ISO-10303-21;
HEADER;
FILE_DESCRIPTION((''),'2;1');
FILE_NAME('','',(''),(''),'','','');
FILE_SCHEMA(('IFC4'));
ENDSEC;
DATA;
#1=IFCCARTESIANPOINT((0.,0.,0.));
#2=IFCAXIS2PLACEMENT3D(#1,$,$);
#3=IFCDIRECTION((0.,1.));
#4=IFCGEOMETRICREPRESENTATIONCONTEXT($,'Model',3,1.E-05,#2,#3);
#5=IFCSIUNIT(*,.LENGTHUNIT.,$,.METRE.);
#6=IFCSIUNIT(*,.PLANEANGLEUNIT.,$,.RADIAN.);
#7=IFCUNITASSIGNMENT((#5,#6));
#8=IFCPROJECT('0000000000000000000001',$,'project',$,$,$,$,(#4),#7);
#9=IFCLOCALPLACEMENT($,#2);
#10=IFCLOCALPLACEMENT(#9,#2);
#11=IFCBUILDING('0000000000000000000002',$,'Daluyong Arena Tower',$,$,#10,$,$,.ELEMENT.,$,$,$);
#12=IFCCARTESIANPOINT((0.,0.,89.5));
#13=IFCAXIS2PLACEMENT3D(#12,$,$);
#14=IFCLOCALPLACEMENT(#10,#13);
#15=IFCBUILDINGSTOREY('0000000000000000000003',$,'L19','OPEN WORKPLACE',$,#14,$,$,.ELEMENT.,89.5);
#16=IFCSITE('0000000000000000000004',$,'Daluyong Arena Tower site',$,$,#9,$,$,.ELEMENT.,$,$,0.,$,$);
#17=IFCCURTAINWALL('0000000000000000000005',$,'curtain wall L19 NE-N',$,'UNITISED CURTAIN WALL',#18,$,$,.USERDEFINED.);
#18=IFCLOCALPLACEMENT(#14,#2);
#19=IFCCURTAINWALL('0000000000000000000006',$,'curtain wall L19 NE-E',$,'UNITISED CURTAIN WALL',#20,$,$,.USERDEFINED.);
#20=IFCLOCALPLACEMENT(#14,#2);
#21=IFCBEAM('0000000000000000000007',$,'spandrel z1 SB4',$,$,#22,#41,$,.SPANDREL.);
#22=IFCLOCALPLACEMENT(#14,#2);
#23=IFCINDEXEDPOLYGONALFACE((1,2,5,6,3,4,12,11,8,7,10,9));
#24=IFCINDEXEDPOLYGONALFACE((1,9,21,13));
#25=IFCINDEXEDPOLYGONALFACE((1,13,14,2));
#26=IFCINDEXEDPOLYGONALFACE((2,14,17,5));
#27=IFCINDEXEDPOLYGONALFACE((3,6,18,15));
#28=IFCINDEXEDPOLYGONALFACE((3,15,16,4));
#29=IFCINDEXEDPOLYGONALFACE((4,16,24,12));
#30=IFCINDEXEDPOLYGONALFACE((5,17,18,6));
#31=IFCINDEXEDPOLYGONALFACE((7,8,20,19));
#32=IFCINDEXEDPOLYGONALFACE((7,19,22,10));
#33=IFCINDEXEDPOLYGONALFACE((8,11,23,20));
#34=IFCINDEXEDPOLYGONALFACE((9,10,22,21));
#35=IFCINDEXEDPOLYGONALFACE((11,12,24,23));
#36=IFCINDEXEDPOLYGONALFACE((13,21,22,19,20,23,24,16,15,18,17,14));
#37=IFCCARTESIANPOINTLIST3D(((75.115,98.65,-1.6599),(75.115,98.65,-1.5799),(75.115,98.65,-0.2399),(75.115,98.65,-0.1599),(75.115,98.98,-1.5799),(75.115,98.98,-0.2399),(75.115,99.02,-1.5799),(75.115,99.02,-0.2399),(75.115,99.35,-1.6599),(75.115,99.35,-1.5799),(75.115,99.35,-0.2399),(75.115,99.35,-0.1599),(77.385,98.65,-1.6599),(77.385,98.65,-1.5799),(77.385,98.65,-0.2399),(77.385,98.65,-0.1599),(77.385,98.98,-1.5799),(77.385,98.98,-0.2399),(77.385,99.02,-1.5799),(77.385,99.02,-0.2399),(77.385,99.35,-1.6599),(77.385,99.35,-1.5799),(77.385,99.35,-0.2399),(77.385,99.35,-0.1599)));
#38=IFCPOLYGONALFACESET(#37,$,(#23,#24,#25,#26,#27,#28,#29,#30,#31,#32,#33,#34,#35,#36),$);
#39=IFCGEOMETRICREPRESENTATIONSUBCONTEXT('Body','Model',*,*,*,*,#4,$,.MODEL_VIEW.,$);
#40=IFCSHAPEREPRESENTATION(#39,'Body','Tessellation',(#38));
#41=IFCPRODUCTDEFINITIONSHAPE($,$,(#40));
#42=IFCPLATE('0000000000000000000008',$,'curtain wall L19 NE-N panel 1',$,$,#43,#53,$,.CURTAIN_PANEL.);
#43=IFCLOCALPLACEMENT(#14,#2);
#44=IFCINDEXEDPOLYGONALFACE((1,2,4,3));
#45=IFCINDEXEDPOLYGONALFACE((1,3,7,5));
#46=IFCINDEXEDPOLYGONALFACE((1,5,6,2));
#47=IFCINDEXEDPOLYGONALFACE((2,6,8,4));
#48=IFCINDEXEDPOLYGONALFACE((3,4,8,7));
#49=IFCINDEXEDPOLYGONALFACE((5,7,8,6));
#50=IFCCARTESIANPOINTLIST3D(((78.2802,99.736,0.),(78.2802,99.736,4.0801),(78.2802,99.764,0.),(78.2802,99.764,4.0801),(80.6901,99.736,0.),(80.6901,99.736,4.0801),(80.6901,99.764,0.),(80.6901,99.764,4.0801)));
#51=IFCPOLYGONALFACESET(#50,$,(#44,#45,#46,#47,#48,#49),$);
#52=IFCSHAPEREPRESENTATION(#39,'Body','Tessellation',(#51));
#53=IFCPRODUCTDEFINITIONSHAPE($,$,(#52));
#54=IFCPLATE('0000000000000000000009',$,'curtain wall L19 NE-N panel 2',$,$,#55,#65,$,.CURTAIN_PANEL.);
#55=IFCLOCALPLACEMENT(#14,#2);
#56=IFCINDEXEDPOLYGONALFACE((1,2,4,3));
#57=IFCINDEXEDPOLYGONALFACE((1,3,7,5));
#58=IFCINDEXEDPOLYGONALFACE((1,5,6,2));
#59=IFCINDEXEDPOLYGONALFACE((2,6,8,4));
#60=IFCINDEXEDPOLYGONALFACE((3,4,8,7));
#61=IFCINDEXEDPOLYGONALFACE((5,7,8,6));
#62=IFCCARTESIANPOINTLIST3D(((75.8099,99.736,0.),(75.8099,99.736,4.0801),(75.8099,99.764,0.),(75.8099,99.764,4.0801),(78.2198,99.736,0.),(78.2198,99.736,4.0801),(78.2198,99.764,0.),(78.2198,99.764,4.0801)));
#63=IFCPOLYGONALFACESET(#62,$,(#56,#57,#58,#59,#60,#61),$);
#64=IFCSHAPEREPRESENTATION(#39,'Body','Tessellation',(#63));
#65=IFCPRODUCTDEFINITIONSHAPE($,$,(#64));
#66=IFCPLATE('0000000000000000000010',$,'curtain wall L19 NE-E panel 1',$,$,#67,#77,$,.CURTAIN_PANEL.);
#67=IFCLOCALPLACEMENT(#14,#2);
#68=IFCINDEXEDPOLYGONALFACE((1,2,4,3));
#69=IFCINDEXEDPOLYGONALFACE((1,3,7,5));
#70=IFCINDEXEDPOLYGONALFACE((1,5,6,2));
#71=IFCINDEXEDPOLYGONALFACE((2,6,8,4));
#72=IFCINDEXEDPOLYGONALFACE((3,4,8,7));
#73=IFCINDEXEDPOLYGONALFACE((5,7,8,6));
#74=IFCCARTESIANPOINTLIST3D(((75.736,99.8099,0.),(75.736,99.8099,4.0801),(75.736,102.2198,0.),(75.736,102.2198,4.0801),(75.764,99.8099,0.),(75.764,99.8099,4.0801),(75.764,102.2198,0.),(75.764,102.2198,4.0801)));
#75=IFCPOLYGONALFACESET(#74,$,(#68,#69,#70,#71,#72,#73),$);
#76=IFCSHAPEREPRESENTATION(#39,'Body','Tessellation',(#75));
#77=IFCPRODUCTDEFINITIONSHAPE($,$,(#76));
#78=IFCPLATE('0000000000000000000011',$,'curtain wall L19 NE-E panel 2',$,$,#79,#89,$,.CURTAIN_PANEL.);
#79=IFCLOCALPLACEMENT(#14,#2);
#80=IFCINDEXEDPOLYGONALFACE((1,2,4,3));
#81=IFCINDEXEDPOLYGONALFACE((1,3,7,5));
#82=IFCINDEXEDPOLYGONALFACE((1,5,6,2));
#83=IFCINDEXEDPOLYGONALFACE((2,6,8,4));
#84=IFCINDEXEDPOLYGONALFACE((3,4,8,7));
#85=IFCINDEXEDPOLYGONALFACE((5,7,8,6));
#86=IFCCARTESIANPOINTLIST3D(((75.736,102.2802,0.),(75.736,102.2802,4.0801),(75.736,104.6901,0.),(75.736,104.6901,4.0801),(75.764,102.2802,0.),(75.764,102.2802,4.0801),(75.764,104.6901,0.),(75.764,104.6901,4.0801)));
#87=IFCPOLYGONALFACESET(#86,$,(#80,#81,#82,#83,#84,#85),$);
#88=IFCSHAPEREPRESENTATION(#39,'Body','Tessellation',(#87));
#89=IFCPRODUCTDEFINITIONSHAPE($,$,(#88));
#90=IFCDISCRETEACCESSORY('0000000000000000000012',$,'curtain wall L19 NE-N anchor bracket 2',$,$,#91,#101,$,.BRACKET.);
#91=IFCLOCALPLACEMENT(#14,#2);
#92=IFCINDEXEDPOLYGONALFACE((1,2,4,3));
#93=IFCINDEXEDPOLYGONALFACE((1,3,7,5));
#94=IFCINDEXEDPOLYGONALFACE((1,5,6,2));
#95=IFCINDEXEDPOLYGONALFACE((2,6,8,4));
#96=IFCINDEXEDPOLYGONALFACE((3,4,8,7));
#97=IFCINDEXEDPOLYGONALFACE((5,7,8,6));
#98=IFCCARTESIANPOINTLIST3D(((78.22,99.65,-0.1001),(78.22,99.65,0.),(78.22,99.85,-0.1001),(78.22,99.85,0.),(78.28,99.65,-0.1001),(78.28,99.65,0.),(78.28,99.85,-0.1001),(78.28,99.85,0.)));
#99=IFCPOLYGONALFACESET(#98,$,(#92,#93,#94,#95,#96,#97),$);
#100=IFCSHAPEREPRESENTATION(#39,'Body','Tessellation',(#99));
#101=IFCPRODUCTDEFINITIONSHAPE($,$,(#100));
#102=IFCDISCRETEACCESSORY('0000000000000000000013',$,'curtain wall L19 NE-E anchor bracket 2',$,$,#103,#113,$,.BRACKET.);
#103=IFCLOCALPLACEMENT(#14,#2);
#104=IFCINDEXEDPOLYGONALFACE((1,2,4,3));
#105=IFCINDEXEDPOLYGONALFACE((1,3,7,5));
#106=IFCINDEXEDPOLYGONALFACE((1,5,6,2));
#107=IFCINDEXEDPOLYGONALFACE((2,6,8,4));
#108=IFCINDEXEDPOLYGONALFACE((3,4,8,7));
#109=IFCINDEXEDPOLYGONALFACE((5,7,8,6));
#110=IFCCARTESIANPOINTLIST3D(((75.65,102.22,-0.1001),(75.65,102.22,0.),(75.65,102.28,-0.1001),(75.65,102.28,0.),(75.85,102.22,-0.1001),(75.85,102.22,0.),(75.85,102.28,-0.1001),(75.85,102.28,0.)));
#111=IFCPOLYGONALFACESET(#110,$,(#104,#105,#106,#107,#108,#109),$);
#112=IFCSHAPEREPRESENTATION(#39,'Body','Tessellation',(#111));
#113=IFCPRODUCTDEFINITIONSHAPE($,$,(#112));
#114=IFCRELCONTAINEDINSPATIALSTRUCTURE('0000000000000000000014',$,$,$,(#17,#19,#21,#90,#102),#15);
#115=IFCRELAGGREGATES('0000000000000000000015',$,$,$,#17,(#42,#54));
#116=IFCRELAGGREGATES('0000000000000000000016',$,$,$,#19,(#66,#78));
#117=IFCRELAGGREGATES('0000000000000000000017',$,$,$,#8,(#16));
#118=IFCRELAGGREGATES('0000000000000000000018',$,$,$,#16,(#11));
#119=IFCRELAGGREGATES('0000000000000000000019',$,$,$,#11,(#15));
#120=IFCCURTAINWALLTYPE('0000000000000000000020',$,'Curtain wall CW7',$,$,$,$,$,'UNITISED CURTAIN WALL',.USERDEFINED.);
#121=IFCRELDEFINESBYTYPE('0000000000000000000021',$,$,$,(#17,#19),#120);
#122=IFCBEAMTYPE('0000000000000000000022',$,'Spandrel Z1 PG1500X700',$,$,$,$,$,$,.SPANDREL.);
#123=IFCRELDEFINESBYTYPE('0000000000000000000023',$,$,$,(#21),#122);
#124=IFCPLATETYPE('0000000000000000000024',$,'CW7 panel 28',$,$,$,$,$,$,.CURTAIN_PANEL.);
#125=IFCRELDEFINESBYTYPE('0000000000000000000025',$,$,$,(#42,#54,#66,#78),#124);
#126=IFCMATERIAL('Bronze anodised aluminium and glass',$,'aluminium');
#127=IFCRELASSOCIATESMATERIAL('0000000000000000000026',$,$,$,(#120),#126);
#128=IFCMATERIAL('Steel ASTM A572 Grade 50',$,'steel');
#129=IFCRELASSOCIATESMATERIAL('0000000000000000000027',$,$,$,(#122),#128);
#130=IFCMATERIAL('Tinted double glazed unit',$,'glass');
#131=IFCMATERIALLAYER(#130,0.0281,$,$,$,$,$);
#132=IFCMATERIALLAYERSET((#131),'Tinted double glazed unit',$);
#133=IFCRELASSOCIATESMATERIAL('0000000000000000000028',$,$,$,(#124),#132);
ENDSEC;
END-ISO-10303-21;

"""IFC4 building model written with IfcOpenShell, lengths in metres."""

from ifc_helpers import new_model, si_unit, direction, frame, origin, origin_2d, place, context, subcontext, project, spatial, rectangle, i_section, extrude, material, layer, layer_set, material_profile, profile_set, type_object, element, aggregate, save


model = new_model("IFC4")

# Units and contexts
model_context = context("Model", 3, precision=1e-05, world=origin(), true_north=direction((0.0, 1.0)))
body_context = subcontext(model_context, "Body", "Model", "MODEL_VIEW")
ifc_project = project(units=[si_unit("LENGTHUNIT", "METRE"), si_unit("PLANEANGLEUNIT", "RADIAN")], contexts=[model_context])

# Site, building, storey
site_placement = place(None, origin())
site = spatial("IfcSite", under=ifc_project, at=site_placement, Name="Daluyong Arena Tower site", CompositionType="ELEMENT", RefElevation=0.0)
building_placement = place(site_placement, origin())
building = spatial("IfcBuilding", under=site, at=building_placement, Name="Daluyong Arena Tower", CompositionType="ELEMENT")
storey_placement = place(building_placement, frame((0.0, 0.0, 89.5)))
storey = spatial("IfcBuildingStorey", under=building, at=storey_placement, Name="L19", Description="OPEN WORKPLACE", CompositionType="ELEMENT", Elevation=89.5)

# Curtain walls
ifc_material_1 = material(Name="Bronze anodised aluminium and glass", Category="aluminium")
curtain_wall_type_1 = type_object("IfcCurtainWallType", Name="Curtain wall CW7", ElementType="UNITISED CURTAIN WALL", PredefinedType="USERDEFINED", material=ifc_material_1)
curtain_wall_1_placement = place(storey_placement, origin())
curtain_wall_1 = element("IfcCurtainWall", 1, at=curtain_wall_1_placement, inside=storey, type_object=curtain_wall_type_1, Name="curtain wall L19 NE-N", ObjectType="UNITISED CURTAIN WALL", PredefinedType="USERDEFINED")
curtain_wall_2_placement = place(storey_placement, origin())
curtain_wall_2 = element("IfcCurtainWall", 2, at=curtain_wall_2_placement, inside=storey, type_object=curtain_wall_type_1, Name="curtain wall L19 NE-E", ObjectType="UNITISED CURTAIN WALL", PredefinedType="USERDEFINED")

# Beam
ifc_material_2 = material(Name="Steel ASTM A572 Grade 50", Category="steel")
ifc_material_profile_1 = material_profile(ifc_material_2, i_section(OverallWidth=0.7, OverallDepth=1.5, WebThickness=0.04, FlangeThickness=0.08, at=origin_2d()))
ifc_profile_set_1 = profile_set([ifc_material_profile_1], Name="Steel ASTM A572 Grade 50")
beam_type = type_object("IfcBeamType", Name="Spandrel Z1 PG1500X700", PredefinedType="SPANDREL", material=ifc_profile_set_1)
for number, where, z_axis, x_axis, name in (
    (3, (77.385, 99.0, -0.9099), (-1.0, 0.0, 0.0), (0.0, -1.0, 0.0), "spandrel z1 SB4"),
):
    element("IfcBeam", number, at=place(storey_placement, frame(where, z_axis=z_axis, x_axis=x_axis)), inside=storey, type_object=beam_type, Name=name, PredefinedType="SPANDREL", context=body_context, shape_type="SweptSolid", body=[
        extrude(i_section(OverallWidth=0.7, OverallDepth=1.5, WebThickness=0.04, FlangeThickness=0.08, at=origin_2d()), origin(), (0.0, 0.0, 1.0), 2.27),
    ])

# Plates
ifc_material_3 = material(Name="Tinted double glazed unit", Category="glass")
ifc_layer = layer(ifc_material_3, 0.0281)
ifc_layer_set = layer_set([ifc_layer], Name="Tinted double glazed unit")
plate_type = type_object("IfcPlateType", Name="CW7 panel 28", PredefinedType="CURTAIN_PANEL", material=ifc_layer_set)
plate_1_placement = place(storey_placement, frame((79.4851, 99.75, 0.0), z_axis=(0.0, 0.0, 1.0), x_axis=(-1.0, 0.0, 0.0)))
plate_1 = element("IfcPlate", 4, at=plate_1_placement, type_object=plate_type, Name="curtain wall L19 NE-N panel 1", PredefinedType="CURTAIN_PANEL", context=body_context, shape_type="SweptSolid", body=[
    extrude(rectangle(XDim=2.4099, YDim=0.0281, at=origin_2d()), origin(), (0.0, 0.0, 1.0), 4.0801),
])
plate_2_placement = place(storey_placement, frame((77.0149, 99.75, 0.0), z_axis=(0.0, 0.0, 1.0), x_axis=(-1.0, 0.0, 0.0)))
plate_2 = element("IfcPlate", 5, at=plate_2_placement, type_object=plate_type, Name="curtain wall L19 NE-N panel 2", PredefinedType="CURTAIN_PANEL", context=body_context, shape_type="SweptSolid", body=[
    extrude(rectangle(XDim=2.4099, YDim=0.0281, at=origin_2d()), origin(), (0.0, 0.0, 1.0), 4.0801),
])
aggregate(curtain_wall_1, [plate_1, plate_2])
plate_3_placement = place(storey_placement, frame((75.75, 101.0149, 0.0), z_axis=(0.0, 0.0, 1.0), x_axis=(0.0, 1.0, 0.0)))
plate_3 = element("IfcPlate", 6, at=plate_3_placement, type_object=plate_type, Name="curtain wall L19 NE-E panel 1", PredefinedType="CURTAIN_PANEL", context=body_context, shape_type="SweptSolid", body=[
    extrude(rectangle(XDim=2.4099, YDim=0.0281, at=origin_2d()), origin(), (0.0, 0.0, 1.0), 4.0801),
])
plate_4_placement = place(storey_placement, frame((75.75, 103.4851, 0.0), z_axis=(0.0, 0.0, 1.0), x_axis=(0.0, 1.0, 0.0)))
plate_4 = element("IfcPlate", 7, at=plate_4_placement, type_object=plate_type, Name="curtain wall L19 NE-E panel 2", PredefinedType="CURTAIN_PANEL", context=body_context, shape_type="SweptSolid", body=[
    extrude(rectangle(XDim=2.4099, YDim=0.0281, at=origin_2d()), origin(), (0.0, 0.0, 1.0), 4.0801),
])
aggregate(curtain_wall_2, [plate_3, plate_4])

# Discrete accessories
for number, where, z_axis, x_axis, name in (
    (8, (78.25, 99.75, -0.1001), (0.0, 0.0, 1.0), (-1.0, 0.0, 0.0), "curtain wall L19 NE-N anchor bracket 2"),
    (9, (75.75, 102.25, -0.1001), (0.0, 0.0, 1.0), (0.0, 1.0, 0.0), "curtain wall L19 NE-E anchor bracket 2"),
):
    element("IfcDiscreteAccessory", number, at=place(storey_placement, frame(where, z_axis=z_axis, x_axis=x_axis)), inside=storey, Name=name, PredefinedType="BRACKET", context=body_context, shape_type="SweptSolid", body=[
        extrude(rectangle(XDim=0.0601, YDim=0.2, at=origin_2d()), origin(), (0.0, 0.0, 1.0), 0.1001),
    ])

save(model, "model.ifc")
